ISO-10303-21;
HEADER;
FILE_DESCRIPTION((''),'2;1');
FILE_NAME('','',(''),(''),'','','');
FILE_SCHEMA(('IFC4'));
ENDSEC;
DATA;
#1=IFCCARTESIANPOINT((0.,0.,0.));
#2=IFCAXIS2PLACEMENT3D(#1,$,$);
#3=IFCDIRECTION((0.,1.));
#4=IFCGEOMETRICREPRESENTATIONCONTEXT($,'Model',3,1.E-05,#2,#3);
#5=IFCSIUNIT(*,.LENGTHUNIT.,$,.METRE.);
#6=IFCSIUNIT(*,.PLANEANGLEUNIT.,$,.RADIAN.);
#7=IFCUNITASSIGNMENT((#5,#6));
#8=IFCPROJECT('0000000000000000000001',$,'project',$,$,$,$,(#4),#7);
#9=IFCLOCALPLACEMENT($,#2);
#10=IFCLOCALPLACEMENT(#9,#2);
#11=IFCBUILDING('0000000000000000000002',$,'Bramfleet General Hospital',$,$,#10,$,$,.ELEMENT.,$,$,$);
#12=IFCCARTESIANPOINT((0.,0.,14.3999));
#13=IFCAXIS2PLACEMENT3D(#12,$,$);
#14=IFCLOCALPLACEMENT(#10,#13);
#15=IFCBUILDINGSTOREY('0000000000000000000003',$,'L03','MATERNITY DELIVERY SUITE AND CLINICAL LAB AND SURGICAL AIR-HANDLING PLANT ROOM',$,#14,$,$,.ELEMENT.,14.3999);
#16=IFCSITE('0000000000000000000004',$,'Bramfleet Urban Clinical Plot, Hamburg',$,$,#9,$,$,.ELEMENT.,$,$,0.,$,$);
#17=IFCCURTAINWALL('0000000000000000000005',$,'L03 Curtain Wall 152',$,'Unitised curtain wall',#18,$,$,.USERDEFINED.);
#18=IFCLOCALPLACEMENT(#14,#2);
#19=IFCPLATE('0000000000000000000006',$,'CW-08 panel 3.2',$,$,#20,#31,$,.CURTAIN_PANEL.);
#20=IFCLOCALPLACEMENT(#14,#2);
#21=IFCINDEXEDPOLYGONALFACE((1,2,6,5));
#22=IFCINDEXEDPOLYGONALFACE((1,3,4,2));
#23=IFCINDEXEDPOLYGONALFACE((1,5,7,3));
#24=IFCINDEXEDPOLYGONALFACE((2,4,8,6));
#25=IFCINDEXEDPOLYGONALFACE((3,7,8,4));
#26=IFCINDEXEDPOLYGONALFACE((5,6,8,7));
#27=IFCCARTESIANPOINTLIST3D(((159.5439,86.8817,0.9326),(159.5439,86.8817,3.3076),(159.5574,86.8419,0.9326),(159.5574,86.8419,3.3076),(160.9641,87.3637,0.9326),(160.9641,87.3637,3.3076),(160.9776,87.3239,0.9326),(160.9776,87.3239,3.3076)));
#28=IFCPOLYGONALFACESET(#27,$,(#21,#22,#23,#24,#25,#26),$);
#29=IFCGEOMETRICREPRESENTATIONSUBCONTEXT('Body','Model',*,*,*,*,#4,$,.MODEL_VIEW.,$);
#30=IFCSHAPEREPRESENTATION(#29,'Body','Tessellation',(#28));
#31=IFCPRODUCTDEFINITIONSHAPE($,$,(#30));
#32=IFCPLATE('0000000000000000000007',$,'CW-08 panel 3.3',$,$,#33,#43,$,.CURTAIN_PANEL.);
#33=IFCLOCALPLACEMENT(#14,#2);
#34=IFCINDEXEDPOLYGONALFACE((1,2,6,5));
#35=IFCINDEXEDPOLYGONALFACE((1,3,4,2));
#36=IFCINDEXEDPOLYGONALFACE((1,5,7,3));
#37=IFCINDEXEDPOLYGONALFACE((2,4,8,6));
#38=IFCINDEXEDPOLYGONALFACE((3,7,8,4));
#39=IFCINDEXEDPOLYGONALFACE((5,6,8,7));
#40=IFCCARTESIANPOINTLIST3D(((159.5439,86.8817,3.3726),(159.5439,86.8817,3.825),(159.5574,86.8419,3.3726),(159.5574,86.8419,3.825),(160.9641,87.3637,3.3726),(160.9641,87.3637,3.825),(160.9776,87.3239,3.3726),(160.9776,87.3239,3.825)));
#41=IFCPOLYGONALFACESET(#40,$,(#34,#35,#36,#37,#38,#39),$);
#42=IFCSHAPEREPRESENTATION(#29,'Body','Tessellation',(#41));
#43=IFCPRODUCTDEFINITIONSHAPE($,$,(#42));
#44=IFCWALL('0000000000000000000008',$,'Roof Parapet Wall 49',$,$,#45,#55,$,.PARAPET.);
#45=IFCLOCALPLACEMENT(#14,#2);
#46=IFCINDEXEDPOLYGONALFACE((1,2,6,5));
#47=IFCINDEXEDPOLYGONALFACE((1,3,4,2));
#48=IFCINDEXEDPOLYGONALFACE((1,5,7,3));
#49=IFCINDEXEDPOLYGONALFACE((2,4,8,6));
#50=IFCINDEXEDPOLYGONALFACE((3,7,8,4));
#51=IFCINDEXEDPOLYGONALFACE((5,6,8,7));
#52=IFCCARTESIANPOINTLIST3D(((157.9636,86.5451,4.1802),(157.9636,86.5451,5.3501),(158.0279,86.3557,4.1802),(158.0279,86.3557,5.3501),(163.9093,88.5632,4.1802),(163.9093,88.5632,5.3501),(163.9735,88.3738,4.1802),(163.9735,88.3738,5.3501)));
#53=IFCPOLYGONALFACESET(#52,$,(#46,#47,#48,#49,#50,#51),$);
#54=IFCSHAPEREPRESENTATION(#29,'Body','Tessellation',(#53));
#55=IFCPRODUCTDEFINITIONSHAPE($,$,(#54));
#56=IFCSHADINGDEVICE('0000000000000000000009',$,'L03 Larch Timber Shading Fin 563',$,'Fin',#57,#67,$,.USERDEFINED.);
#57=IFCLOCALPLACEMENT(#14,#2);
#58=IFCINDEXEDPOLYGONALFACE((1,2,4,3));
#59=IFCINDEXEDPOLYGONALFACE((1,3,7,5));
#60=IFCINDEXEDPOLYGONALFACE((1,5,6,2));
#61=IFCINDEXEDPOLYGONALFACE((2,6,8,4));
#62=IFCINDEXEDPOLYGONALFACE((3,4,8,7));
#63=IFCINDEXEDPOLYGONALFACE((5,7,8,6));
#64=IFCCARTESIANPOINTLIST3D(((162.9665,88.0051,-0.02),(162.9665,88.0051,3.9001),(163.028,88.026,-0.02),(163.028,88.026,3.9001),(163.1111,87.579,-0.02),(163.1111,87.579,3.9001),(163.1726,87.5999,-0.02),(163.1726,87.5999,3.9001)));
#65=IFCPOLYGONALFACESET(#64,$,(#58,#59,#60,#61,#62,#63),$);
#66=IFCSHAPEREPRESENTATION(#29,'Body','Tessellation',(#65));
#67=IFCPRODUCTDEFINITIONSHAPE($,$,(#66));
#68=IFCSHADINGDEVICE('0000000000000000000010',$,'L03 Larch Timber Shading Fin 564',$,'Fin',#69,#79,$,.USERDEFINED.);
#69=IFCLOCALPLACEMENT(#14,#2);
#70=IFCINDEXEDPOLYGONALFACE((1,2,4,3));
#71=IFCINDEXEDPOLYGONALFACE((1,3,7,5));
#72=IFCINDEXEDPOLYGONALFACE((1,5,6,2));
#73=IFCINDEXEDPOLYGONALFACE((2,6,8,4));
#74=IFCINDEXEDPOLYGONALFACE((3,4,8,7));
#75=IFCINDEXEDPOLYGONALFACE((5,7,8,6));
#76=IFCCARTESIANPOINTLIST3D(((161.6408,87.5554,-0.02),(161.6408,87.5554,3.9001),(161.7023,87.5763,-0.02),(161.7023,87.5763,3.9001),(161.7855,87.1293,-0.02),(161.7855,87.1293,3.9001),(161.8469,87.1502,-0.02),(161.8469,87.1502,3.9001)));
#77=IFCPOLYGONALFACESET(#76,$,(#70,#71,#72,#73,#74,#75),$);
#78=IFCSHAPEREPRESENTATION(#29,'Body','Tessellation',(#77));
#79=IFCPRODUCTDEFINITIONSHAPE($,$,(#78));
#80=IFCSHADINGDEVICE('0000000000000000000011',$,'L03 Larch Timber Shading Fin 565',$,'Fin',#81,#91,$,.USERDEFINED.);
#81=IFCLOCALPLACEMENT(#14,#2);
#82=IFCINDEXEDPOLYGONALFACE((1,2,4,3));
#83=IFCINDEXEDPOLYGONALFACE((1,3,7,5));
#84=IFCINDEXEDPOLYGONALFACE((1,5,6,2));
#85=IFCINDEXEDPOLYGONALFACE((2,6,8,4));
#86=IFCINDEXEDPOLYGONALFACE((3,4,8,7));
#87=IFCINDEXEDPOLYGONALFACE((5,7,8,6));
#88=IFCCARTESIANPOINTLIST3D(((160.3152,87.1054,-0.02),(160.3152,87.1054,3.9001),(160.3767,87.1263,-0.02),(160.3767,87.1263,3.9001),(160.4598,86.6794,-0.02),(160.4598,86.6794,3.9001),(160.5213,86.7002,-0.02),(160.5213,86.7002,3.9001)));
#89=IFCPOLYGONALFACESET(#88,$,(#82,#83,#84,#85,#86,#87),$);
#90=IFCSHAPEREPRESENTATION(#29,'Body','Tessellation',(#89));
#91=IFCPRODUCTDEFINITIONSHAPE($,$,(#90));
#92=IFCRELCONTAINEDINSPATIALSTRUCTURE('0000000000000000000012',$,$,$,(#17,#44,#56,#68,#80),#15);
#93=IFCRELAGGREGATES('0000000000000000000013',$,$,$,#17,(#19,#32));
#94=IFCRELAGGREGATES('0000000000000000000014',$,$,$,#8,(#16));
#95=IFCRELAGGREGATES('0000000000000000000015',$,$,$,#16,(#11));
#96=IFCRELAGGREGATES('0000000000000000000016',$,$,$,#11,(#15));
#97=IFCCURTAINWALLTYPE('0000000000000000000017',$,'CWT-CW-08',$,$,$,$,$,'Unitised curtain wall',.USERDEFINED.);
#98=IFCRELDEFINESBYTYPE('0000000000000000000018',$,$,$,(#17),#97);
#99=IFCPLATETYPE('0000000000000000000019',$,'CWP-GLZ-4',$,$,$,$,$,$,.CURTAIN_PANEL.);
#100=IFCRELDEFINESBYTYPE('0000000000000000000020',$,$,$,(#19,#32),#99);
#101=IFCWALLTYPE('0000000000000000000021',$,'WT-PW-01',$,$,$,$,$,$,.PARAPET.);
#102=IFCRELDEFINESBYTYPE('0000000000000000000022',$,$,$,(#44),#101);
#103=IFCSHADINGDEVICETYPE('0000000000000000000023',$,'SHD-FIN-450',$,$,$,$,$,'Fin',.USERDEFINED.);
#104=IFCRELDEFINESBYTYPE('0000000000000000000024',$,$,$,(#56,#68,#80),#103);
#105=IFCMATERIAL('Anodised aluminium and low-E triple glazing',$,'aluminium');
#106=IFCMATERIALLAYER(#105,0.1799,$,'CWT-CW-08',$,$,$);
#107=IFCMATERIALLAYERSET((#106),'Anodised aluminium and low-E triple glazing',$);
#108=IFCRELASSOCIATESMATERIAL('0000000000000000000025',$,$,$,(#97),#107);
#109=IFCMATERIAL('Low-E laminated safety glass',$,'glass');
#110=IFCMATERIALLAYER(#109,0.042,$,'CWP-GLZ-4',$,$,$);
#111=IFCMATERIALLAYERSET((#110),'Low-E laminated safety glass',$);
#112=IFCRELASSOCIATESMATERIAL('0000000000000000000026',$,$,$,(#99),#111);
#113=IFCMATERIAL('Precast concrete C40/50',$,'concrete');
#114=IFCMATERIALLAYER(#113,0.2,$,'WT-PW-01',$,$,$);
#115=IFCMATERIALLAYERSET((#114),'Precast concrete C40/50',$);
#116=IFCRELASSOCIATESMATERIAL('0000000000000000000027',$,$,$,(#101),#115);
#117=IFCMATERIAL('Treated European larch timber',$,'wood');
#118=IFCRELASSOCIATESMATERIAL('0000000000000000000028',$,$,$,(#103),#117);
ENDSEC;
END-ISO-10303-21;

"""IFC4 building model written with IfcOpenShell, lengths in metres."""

from ifc_helpers import new_model, si_unit, direction, frame, frame_2d, origin, origin_2d, place, context, subcontext, project, spatial, rectangle, extrude, material, layer, layer_set, material_profile, profile_set, type_object, element, aggregate, save


model = new_model("IFC4")

# Units and contexts
model_context = context("Model", 3, precision=1e-05, world=origin(), true_north=direction((0.0, 1.0)))
body_context = subcontext(model_context, "Body", "Model", "MODEL_VIEW")
ifc_project = project(units=[si_unit("LENGTHUNIT", "METRE"), si_unit("PLANEANGLEUNIT", "RADIAN")], contexts=[model_context])

# Site, building, storey
site_placement = place(None, origin())
site = spatial("IfcSite", under=ifc_project, at=site_placement, Name="Bramfleet Urban Clinical Plot, Hamburg", CompositionType="ELEMENT", RefElevation=0.0)
building_placement = place(site_placement, origin())
building = spatial("IfcBuilding", under=site, at=building_placement, Name="Bramfleet General Hospital", CompositionType="ELEMENT")
storey_placement = place(building_placement, frame((0.0, 0.0, 14.3999)))
storey = spatial("IfcBuildingStorey", under=building, at=storey_placement, Name="L03", Description="MATERNITY DELIVERY SUITE AND CLINICAL LAB AND SURGICAL AIR-HANDLING PLANT ROOM", CompositionType="ELEMENT", Elevation=14.3999)

# Shared definitions
ifc_material_1 = material(Name="Anodised aluminium and low-E triple glazing", Category="aluminium")

# Curtain wall
ifc_layer_1 = layer(ifc_material_1, 0.1799, Name="CWT-CW-08")
ifc_layer_set_1 = layer_set([ifc_layer_1], Name="Anodised aluminium and low-E triple glazing")
curtain_wall_type_1 = type_object("IfcCurtainWallType", Name="CWT-CW-08", ElementType="Unitised curtain wall", PredefinedType="USERDEFINED", material=ifc_layer_set_1)
curtain_wall_1_placement = place(storey_placement, origin())
curtain_wall_1 = element("IfcCurtainWall", 1, at=curtain_wall_1_placement, inside=storey, type_object=curtain_wall_type_1, Name="L03 Curtain Wall 152", ObjectType="Unitised curtain wall", PredefinedType="USERDEFINED")

# Plates
ifc_material_2 = material(Name="Low-E laminated safety glass", Category="glass")
ifc_layer_2 = layer(ifc_material_2, 0.042, Name="CWP-GLZ-4")
ifc_layer_set_2 = layer_set([ifc_layer_2], Name="Low-E laminated safety glass")
plate_type_1 = type_object("IfcPlateType", Name="CWP-GLZ-4", PredefinedType="CURTAIN_PANEL", material=ifc_layer_set_2)
plate_1_placement = place(storey_placement, frame((160.2607, 87.1028, 0.9326), z_axis=(0.0, 0.0, 1.0), x_axis=(-0.946949, -0.321383, 0.0)))
plate_1 = element("IfcPlate", 2, at=plate_1_placement, type_object=plate_type_1, Name="CW-08 panel 3.2", PredefinedType="CURTAIN_PANEL", context=body_context, shape_type="SweptSolid", body=[
    extrude(rectangle(XDim=1.4998, YDim=0.042, at=origin_2d()), origin(), (0.0, 0.0, 1.0), 2.375),
])
plate_2_placement = place(storey_placement, frame((160.2607, 87.1028, 3.3726), z_axis=(0.0, 0.0, 1.0), x_axis=(-0.946949, -0.321383, 0.0)))
plate_2 = element("IfcPlate", 3, at=plate_2_placement, type_object=plate_type_1, Name="CW-08 panel 3.3", PredefinedType="CURTAIN_PANEL", context=body_context, shape_type="SweptSolid", body=[
    extrude(rectangle(XDim=1.4998, YDim=0.042, at=origin_2d()), origin(), (0.0, 0.0, 1.0), 0.4524),
])
aggregate(curtain_wall_1, [plate_1, plate_2])

# Wall
ifc_material_3 = material(Name="Precast concrete C40/50", Category="concrete")
ifc_layer_3 = layer(ifc_material_3, 0.2, Name="WT-PW-01")
ifc_layer_set_3 = layer_set([ifc_layer_3], Name="Precast concrete C40/50")
wall_type = type_object("IfcWallType", Name="WT-PW-01", PredefinedType="PARAPET", material=ifc_layer_set_3)
wall_placement = place(storey_placement, frame((163.9414, 88.4685, 4.1802), z_axis=(0.0, 0.0, 1.0), x_axis=(-0.946939, -0.321414, 0.0)))
element("IfcWall", 4, at=wall_placement, inside=storey, type_object=wall_type, Name="Roof Parapet Wall 49", PredefinedType="PARAPET", context=body_context, shape_type="SweptSolid", body=[
    extrude(rectangle(XDim=6.2788, YDim=0.2, at=frame_2d((3.1394, 0.0))), origin(), (0.0, 0.0, 1.0), 1.1699),
])

# Shading devices
ifc_material_4 = material(Name="Treated European larch timber", Category="wood")
ifc_material_profile_1 = material_profile(ifc_material_4, rectangle(XDim=0.0649, YDim=0.45, at=origin_2d()), Name="LARCH FIN 450x65")
ifc_profile_set_1 = profile_set([ifc_material_profile_1], Name="Treated European larch timber")
shading_device_type = type_object("IfcShadingDeviceType", Name="SHD-FIN-450", ElementType="Fin", PredefinedType="USERDEFINED", material=ifc_profile_set_1)
for number, where, z_axis, x_axis, name in (
    (5, (163.0696, 87.8025, -0.02), (0.0, 0.0, 1.0), (-0.946949, -0.321383, 0.0), "L03 Larch Timber Shading Fin 563"),
    (6, (161.7439, 87.3528, -0.02), (0.0, 0.0, 1.0), (-0.946949, -0.321383, 0.0), "L03 Larch Timber Shading Fin 564"),
    (7, (160.4182, 86.9028, -0.02), (0.0, 0.0, 1.0), (-0.946949, -0.321383, 0.0), "L03 Larch Timber Shading Fin 565"),
):
    element("IfcShadingDevice", number, at=place(storey_placement, frame(where, z_axis=z_axis, x_axis=x_axis)), inside=storey, type_object=shading_device_type, Name=name, ObjectType="Fin", PredefinedType="USERDEFINED", context=body_context, shape_type="SweptSolid", body=[
        extrude(rectangle(XDim=0.0649, YDim=0.45, at=origin_2d()), origin(), (0.0, 0.0, 1.0), 3.9202),
    ])

save(model, "model.ifc")
